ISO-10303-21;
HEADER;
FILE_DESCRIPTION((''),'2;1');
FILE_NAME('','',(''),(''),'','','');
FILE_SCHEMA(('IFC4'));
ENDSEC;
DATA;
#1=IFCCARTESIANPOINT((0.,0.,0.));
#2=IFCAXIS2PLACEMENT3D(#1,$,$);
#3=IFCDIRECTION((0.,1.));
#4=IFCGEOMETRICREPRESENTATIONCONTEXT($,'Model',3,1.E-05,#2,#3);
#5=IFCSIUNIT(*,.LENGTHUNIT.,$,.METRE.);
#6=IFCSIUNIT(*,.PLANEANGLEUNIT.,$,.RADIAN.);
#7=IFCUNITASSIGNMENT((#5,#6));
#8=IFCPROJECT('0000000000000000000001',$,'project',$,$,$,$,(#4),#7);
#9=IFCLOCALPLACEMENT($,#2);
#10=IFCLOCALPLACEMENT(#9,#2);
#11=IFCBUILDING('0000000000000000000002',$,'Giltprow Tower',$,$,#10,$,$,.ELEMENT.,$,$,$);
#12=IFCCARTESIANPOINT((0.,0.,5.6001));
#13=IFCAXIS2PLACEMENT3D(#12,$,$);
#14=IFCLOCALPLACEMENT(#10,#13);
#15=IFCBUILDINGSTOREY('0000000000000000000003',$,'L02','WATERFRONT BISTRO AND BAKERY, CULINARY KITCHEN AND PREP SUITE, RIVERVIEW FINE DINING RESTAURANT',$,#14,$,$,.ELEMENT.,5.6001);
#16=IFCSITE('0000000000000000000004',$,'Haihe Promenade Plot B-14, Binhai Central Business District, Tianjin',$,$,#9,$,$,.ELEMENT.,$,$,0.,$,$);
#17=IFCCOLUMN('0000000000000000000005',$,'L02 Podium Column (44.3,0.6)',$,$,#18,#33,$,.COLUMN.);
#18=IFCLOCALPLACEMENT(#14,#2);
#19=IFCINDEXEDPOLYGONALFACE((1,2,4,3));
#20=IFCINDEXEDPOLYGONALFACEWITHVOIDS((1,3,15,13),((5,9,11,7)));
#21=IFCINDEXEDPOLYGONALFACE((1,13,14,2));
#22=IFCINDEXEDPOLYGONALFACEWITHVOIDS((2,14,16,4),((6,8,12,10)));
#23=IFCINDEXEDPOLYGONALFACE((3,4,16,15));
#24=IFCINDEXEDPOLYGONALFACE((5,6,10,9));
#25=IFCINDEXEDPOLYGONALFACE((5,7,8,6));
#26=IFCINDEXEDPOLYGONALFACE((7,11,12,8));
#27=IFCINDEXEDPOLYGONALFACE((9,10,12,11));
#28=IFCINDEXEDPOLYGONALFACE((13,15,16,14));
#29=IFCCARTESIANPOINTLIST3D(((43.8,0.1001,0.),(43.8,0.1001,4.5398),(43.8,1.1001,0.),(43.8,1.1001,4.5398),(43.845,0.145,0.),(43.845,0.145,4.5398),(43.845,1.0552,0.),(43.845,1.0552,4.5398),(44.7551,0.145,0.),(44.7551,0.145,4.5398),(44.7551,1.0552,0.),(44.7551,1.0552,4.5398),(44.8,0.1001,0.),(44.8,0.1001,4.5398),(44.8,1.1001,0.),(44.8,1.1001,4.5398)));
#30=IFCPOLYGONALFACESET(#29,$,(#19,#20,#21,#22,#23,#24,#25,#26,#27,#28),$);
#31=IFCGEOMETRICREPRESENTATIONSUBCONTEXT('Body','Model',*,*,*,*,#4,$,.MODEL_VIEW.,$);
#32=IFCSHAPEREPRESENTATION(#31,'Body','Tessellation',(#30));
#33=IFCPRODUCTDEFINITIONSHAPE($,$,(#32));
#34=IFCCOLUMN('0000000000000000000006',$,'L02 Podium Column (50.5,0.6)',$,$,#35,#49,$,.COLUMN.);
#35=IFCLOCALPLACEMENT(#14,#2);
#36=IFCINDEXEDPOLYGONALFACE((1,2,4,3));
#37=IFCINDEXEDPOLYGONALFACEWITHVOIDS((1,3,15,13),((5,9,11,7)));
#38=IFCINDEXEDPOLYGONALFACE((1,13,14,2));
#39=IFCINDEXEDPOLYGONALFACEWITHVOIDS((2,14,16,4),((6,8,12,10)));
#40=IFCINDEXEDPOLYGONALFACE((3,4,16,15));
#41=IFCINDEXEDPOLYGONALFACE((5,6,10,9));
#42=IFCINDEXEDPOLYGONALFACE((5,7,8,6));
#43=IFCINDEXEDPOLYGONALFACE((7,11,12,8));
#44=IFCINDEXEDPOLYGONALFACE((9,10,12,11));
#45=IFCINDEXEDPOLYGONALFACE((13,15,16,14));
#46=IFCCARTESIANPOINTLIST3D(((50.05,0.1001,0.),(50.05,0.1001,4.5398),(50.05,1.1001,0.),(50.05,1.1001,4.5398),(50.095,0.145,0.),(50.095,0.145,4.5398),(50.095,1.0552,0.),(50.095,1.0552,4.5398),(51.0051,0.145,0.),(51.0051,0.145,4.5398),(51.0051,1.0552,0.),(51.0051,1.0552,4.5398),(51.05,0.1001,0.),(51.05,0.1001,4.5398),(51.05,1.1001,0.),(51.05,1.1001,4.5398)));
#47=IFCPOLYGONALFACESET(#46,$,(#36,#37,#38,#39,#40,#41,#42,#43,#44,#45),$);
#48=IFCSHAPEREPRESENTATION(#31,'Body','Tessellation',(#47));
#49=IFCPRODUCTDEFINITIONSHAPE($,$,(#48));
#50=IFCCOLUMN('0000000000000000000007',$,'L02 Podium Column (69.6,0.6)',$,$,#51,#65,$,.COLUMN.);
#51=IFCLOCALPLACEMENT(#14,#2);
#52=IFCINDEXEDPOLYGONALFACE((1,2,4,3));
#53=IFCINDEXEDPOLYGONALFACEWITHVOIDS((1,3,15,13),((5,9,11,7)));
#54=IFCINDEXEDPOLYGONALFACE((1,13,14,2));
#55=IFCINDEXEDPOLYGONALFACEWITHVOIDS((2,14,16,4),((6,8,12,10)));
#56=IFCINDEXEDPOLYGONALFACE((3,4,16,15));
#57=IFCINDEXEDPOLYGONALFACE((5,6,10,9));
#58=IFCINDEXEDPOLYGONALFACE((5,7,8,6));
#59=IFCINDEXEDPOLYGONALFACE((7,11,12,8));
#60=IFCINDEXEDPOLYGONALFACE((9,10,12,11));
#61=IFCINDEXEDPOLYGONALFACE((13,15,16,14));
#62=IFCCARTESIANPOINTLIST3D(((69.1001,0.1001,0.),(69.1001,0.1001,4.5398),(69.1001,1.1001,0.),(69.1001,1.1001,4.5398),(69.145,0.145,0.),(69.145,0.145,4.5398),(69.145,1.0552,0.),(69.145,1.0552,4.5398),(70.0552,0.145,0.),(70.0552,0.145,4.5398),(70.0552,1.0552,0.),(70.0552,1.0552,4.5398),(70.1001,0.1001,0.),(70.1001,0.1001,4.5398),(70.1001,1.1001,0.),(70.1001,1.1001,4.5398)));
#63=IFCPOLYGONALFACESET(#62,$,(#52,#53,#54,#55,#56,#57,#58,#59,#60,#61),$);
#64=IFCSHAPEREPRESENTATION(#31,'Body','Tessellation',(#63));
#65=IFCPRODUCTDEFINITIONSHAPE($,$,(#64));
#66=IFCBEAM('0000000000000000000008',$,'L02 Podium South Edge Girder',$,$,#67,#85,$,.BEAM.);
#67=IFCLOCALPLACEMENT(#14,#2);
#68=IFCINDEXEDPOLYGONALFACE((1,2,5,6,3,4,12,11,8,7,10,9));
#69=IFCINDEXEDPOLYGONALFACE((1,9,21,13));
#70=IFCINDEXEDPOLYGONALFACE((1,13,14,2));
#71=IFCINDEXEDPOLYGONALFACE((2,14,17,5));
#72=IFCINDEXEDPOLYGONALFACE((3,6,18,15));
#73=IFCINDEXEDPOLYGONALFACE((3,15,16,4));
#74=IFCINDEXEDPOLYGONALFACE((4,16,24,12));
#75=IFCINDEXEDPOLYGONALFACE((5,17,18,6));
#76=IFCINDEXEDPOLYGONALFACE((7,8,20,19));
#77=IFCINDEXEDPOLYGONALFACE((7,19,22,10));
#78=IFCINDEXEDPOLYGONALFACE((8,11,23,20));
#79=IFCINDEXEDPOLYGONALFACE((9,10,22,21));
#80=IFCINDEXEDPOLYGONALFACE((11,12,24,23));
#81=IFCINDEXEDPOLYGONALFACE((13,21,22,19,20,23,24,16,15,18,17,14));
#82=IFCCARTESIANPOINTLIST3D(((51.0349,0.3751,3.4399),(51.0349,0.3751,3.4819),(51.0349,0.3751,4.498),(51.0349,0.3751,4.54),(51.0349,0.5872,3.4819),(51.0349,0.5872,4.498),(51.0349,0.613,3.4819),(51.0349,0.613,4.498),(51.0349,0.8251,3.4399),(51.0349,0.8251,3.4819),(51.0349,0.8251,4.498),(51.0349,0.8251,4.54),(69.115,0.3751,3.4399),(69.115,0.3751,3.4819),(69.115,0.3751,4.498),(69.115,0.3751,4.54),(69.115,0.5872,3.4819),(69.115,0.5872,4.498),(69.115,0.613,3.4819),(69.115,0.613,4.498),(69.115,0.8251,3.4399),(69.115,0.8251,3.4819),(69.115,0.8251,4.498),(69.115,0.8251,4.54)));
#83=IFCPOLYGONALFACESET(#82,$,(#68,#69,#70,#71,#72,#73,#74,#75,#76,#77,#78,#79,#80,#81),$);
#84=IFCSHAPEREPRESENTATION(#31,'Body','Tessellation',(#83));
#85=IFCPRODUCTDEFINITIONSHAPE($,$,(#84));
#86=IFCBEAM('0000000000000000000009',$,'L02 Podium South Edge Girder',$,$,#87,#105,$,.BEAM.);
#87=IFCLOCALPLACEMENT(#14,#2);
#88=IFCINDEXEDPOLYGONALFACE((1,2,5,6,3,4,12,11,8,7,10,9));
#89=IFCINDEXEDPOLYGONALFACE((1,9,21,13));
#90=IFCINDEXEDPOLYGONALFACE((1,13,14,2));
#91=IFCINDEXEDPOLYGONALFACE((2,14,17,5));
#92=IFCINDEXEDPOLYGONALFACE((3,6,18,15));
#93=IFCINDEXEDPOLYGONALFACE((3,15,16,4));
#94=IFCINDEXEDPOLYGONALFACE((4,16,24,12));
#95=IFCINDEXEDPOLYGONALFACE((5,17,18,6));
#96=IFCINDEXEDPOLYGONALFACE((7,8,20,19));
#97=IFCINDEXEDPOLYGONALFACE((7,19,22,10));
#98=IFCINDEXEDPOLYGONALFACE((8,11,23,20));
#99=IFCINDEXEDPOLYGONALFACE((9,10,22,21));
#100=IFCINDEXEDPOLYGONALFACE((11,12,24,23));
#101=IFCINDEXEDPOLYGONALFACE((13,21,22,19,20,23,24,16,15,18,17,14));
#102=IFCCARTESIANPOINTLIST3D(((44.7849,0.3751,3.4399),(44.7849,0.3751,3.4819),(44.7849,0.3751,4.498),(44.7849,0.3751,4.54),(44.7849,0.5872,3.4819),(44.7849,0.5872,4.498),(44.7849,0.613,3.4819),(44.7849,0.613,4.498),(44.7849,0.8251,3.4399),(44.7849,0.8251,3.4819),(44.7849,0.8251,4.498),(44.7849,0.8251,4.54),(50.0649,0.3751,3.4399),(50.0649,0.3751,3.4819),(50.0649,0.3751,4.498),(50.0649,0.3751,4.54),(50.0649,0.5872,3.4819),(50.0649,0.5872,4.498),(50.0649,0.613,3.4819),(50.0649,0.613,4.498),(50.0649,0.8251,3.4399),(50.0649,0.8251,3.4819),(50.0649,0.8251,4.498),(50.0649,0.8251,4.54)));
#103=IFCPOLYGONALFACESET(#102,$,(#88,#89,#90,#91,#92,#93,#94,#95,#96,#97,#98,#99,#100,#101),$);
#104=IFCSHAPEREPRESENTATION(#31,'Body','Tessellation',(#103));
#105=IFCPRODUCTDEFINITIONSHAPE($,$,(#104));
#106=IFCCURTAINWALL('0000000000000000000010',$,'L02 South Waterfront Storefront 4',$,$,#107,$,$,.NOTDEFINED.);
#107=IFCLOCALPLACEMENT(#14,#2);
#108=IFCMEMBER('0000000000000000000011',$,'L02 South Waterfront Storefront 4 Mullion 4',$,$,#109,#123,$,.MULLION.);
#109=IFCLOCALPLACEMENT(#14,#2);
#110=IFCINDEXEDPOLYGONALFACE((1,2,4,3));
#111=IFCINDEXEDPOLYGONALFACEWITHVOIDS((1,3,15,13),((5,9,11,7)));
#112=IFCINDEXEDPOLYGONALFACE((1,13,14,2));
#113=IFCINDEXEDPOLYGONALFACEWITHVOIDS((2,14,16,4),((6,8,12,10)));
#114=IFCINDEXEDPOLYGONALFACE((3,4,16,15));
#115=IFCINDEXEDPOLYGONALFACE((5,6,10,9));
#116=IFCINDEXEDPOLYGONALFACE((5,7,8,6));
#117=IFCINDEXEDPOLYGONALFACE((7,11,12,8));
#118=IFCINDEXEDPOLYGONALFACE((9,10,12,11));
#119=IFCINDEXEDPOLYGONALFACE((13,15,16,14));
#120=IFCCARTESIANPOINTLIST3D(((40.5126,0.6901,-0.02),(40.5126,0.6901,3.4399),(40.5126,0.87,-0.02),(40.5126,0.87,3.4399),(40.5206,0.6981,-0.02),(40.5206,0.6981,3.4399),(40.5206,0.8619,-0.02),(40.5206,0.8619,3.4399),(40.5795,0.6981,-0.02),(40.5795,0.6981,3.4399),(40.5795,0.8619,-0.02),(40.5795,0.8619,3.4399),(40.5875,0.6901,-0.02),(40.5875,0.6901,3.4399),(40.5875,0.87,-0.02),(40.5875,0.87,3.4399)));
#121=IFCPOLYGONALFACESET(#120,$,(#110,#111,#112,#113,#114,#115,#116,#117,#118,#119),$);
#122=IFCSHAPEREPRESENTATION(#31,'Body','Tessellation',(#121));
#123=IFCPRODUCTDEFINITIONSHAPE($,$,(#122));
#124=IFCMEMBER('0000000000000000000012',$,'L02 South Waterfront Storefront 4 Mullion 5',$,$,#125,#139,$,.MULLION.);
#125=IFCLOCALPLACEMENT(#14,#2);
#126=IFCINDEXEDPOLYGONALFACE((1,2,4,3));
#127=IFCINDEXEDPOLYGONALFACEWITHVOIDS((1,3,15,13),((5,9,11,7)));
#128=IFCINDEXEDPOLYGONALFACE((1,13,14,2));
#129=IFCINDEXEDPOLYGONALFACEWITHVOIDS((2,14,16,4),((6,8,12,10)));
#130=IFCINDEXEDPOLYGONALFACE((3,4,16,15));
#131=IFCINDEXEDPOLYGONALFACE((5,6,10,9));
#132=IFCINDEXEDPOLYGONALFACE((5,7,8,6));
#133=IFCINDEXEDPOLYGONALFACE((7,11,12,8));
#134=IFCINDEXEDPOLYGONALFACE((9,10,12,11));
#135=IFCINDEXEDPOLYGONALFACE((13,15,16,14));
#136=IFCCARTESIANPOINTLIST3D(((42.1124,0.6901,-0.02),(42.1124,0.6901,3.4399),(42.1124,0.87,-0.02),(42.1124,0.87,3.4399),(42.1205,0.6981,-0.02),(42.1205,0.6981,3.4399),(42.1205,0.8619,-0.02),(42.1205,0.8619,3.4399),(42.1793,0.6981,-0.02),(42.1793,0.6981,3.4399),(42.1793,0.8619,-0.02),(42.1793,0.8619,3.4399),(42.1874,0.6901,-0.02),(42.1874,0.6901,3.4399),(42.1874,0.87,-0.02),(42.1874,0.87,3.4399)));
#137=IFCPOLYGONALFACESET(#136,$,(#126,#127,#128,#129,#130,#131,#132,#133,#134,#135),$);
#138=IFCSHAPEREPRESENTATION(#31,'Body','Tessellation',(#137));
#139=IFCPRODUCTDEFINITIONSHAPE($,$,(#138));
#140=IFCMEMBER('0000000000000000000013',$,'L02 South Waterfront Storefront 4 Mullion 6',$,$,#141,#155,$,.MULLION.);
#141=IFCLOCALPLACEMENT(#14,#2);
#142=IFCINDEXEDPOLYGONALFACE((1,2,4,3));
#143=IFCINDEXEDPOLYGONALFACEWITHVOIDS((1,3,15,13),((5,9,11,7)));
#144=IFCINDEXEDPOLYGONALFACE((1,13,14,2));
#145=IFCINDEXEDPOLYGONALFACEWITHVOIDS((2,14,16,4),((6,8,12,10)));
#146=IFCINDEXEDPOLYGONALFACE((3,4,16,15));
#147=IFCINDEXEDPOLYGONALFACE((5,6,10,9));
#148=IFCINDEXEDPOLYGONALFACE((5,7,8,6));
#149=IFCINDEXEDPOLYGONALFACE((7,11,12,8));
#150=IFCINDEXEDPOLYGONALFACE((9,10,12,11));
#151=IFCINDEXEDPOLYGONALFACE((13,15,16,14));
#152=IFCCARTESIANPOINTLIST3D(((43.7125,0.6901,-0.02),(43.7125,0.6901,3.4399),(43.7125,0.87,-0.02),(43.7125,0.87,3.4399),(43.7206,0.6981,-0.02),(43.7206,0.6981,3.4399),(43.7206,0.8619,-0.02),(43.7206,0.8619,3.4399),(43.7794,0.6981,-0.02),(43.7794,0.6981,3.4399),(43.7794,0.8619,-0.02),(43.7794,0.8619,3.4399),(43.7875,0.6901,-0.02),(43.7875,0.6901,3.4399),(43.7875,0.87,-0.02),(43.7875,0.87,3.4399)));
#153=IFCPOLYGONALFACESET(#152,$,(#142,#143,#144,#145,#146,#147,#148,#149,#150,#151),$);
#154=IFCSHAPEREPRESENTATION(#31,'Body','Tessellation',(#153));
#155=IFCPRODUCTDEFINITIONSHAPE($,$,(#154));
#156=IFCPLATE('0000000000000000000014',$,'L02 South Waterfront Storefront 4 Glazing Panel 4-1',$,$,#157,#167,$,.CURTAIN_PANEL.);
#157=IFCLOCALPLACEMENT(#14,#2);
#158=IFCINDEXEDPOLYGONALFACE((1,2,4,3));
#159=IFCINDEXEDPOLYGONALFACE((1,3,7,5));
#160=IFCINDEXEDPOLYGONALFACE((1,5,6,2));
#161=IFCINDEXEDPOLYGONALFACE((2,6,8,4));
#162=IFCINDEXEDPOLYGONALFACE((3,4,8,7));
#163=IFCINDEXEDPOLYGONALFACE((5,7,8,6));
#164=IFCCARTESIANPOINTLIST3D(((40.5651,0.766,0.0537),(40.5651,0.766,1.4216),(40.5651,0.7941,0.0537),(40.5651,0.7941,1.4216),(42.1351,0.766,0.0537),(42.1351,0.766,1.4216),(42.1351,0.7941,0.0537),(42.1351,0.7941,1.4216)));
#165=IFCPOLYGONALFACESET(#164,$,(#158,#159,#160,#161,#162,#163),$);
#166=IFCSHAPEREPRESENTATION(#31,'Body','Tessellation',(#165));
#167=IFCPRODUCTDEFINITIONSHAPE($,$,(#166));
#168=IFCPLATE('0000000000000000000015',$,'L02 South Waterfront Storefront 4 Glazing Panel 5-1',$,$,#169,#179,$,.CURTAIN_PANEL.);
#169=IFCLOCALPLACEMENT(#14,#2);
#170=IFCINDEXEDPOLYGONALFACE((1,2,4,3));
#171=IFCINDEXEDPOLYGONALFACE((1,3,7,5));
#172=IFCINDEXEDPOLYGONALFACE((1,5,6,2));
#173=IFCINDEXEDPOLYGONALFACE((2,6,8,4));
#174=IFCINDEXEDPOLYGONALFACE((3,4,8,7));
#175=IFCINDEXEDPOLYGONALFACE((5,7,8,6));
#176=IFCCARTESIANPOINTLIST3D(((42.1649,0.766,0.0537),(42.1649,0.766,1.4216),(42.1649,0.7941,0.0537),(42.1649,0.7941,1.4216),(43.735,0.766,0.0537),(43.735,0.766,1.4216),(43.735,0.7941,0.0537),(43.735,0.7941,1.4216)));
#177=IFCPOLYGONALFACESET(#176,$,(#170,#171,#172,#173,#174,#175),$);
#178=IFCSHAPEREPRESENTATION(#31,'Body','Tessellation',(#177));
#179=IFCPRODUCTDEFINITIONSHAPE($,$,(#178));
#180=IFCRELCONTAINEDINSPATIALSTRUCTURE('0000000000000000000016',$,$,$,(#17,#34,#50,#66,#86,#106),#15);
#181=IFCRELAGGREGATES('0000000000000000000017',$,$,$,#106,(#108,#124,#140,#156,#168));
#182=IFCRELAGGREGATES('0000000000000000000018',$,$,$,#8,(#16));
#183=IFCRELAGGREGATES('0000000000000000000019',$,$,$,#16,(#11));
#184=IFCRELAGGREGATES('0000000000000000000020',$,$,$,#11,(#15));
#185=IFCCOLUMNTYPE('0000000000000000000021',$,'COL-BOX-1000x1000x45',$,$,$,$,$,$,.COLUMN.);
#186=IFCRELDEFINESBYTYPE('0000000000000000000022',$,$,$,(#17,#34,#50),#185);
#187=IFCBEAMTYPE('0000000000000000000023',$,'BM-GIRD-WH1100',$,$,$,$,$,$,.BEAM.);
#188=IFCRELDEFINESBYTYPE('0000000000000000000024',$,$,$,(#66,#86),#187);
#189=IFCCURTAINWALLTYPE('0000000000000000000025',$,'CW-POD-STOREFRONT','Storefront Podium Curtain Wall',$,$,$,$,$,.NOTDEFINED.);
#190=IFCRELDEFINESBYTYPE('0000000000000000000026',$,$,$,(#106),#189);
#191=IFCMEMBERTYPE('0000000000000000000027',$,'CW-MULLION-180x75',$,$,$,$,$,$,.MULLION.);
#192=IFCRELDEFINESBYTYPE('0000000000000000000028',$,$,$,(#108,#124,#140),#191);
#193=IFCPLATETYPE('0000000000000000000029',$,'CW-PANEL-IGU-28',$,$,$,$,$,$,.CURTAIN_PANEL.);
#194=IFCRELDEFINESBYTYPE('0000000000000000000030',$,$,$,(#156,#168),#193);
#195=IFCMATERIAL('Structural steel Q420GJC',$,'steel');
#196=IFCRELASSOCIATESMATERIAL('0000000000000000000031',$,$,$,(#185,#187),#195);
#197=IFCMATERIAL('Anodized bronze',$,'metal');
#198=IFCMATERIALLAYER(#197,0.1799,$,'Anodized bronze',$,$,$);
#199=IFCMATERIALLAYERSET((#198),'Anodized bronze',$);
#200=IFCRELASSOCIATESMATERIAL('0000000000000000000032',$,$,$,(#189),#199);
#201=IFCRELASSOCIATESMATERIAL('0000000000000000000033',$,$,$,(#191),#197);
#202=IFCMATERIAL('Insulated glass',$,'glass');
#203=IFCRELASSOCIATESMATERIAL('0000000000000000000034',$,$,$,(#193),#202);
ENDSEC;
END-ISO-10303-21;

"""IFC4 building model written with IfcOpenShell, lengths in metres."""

from ifc_helpers import new_model, si_unit, direction, frame, origin, origin_2d, place, context, subcontext, project, spatial, rectangle, hollow_rectangle, i_section, extrude, source, transform, mapped, material, layer, layer_set, material_profile, profile_set, type_object, element, aggregate, save


model = new_model("IFC4")

# Units and contexts
model_context = context("Model", 3, precision=1e-05, world=origin(), true_north=direction((0.0, 1.0)))
body_context = subcontext(model_context, "Body", "Model", "MODEL_VIEW")
ifc_project = project(units=[si_unit("LENGTHUNIT", "METRE"), si_unit("PLANEANGLEUNIT", "RADIAN")], contexts=[model_context])

# Site, building, storey
site_placement = place(None, origin())
site = spatial("IfcSite", under=ifc_project, at=site_placement, Name="Haihe Promenade Plot B-14, Binhai Central Business District, Tianjin", CompositionType="ELEMENT", RefElevation=0.0)
building_placement = place(site_placement, origin())
building = spatial("IfcBuilding", under=site, at=building_placement, Name="Giltprow Tower", CompositionType="ELEMENT")
storey_placement = place(building_placement, frame((0.0, 0.0, 5.6001)))
storey = spatial("IfcBuildingStorey", under=building, at=storey_placement, Name="L02", Description="WATERFRONT BISTRO AND BAKERY, CULINARY KITCHEN AND PREP SUITE, RIVERVIEW FINE DINING RESTAURANT", CompositionType="ELEMENT", Elevation=5.6001)

# Columns
ifc_material_1 = material(Name="Structural steel Q420GJC", Category="steel")
ifc_material_profile_1 = material_profile(ifc_material_1, hollow_rectangle(XDim=1.0, YDim=1.0, WallThickness=0.0449, at=origin_2d()), Name="BOX 1000x1000x45")
ifc_profile_set_1 = profile_set([ifc_material_profile_1], Name="Structural steel Q420GJC")
column_type = type_object("IfcColumnType", Name="COL-BOX-1000x1000x45", PredefinedType="COLUMN", material=ifc_profile_set_1)
shared_shape_1 = source(origin(), body_context, "Body", "SweptSolid", [
    extrude(hollow_rectangle(XDim=1.0, YDim=1.0, WallThickness=0.0449, at=origin_2d()), origin(), (0.0, 0.0, 1.0), 4.5398),
])
for number, where, z_axis, x_axis, name in (
    (1, (44.3, 0.6001, 0.0), (0.0, 0.0, 1.0), (1.0, 0.0, 0.0), "L02 Podium Column (44.3,0.6)"),
    (2, (50.55, 0.6001, 0.0), (0.0, 0.0, 1.0), (1.0, 0.0, 0.0), "L02 Podium Column (50.5,0.6)"),
    (3, (69.6001, 0.6001, 0.0), (0.0, 0.0, 1.0), (1.0, 0.0, 0.0), "L02 Podium Column (69.6,0.6)"),
):
    element("IfcColumn", number, at=place(storey_placement, frame(where, z_axis=z_axis, x_axis=x_axis)), inside=storey, type_object=column_type, Name=name, PredefinedType="COLUMN", context=body_context, shape_type="MappedRepresentation", body=[
        mapped(shared_shape_1, transform((0.0, 0.0, 0.0), x_axis=(1.0, 0.0, 0.0), y_axis=(0.0, 1.0, 0.0), z_axis=(0.0, 0.0, 1.0), scale=1.0)),
    ])

# Beams
ifc_material_profile_2 = material_profile(ifc_material_1, i_section(OverallWidth=0.45, OverallDepth=1.1001, WebThickness=0.0259, FlangeThickness=0.042, at=origin_2d()), Name="WH 1100x450x26x42")
ifc_profile_set_2 = profile_set([ifc_material_profile_2], Name="Structural steel Q420GJC")
beam_type = type_object("IfcBeamType", Name="BM-GIRD-WH1100", PredefinedType="BEAM", material=ifc_profile_set_2)
shared_shape_2 = source(origin(), body_context, "Body", "SweptSolid", [
    extrude(i_section(OverallWidth=0.45, OverallDepth=1.1001, WebThickness=0.0259, FlangeThickness=0.042, at=origin_2d()), origin(), (0.0, 0.0, 1.0), 18.0801),
])
beam_1_placement = place(storey_placement, frame((51.0349, 0.6001, 3.99), z_axis=(1.0, 0.0, 0.0), x_axis=(0.0, 1.0, 0.0)))
element("IfcBeam", 4, at=beam_1_placement, inside=storey, type_object=beam_type, Name="L02 Podium South Edge Girder", PredefinedType="BEAM", context=body_context, shape_type="MappedRepresentation", body=[
    mapped(shared_shape_2, transform((0.0, 0.0, 0.0), x_axis=(1.0, 0.0, 0.0), y_axis=(0.0, 1.0, 0.0), z_axis=(0.0, 0.0, 1.0), scale=1.0)),
])
shared_shape_3 = source(origin(), body_context, "Body", "SweptSolid", [
    extrude(i_section(OverallWidth=0.45, OverallDepth=1.1001, WebThickness=0.0259, FlangeThickness=0.042, at=origin_2d()), origin(), (0.0, 0.0, 1.0), 5.28),
])
beam_2_placement = place(storey_placement, frame((44.7849, 0.6001, 3.99), z_axis=(1.0, 0.0, 0.0), x_axis=(0.0, 1.0, 0.0)))
element("IfcBeam", 5, at=beam_2_placement, inside=storey, type_object=beam_type, Name="L02 Podium South Edge Girder", PredefinedType="BEAM", context=body_context, shape_type="MappedRepresentation", body=[
    mapped(shared_shape_3, transform((0.0, 0.0, 0.0), x_axis=(1.0, 0.0, 0.0), y_axis=(0.0, 1.0, 0.0), z_axis=(0.0, 0.0, 1.0), scale=1.0)),
])

# Curtain wall, members, plates
ifc_material_2 = material(Name="Anodized bronze", Category="metal")
ifc_layer_1 = layer(ifc_material_2, 0.1799, Name="Anodized bronze")
ifc_layer_set_1 = layer_set([ifc_layer_1], Name="Anodized bronze")
curtain_wall_type = type_object("IfcCurtainWallType", Name="CW-POD-STOREFRONT", Description="Storefront Podium Curtain Wall", PredefinedType="NOTDEFINED", material=ifc_layer_set_1)
curtain_wall_placement = place(storey_placement, origin())
curtain_wall = element("IfcCurtainWall", 6, at=curtain_wall_placement, inside=storey, type_object=curtain_wall_type, Name="L02 South Waterfront Storefront 4", PredefinedType="NOTDEFINED")
ifc_material_profile_3 = material_profile(ifc_material_2, hollow_rectangle(XDim=0.075, YDim=0.1799, WallThickness=0.0081, at=origin_2d()), Name="RHS 180x75x8")
ifc_profile_set_3 = profile_set([ifc_material_profile_3], Name="Anodized bronze")
member_type = type_object("IfcMemberType", Name="CW-MULLION-180x75", PredefinedType="MULLION", material=ifc_profile_set_3)
shared_shape_4 = source(origin(), body_context, "Body", "SweptSolid", [
    extrude(hollow_rectangle(XDim=0.075, YDim=0.1799, WallThickness=0.0081, at=origin_2d()), origin(), (0.0, 0.0, 1.0), 3.46),
])
member_1_placement = place(storey_placement, frame((40.55, 0.78, -0.02), z_axis=(0.0, 0.0, 1.0), x_axis=(1.0, 0.0, 0.0)))
member_1 = element("IfcMember", 7, at=member_1_placement, type_object=member_type, Name="L02 South Waterfront Storefront 4 Mullion 4", PredefinedType="MULLION", context=body_context, shape_type="MappedRepresentation", body=[
    mapped(shared_shape_4, transform((0.0, 0.0, 0.0), x_axis=(1.0, 0.0, 0.0), y_axis=(0.0, 1.0, 0.0), z_axis=(0.0, 0.0, 1.0), scale=1.0)),
])
member_2_placement = place(storey_placement, frame((42.1499, 0.78, -0.02), z_axis=(0.0, 0.0, 1.0), x_axis=(1.0, 0.0, 0.0)))
member_2 = element("IfcMember", 8, at=member_2_placement, type_object=member_type, Name="L02 South Waterfront Storefront 4 Mullion 5", PredefinedType="MULLION", context=body_context, shape_type="MappedRepresentation", body=[
    mapped(shared_shape_4, transform((0.0, 0.0, 0.0), x_axis=(1.0, 0.0, 0.0), y_axis=(0.0, 1.0, 0.0), z_axis=(0.0, 0.0, 1.0), scale=1.0)),
])
member_3_placement = place(storey_placement, frame((43.75, 0.78, -0.02), z_axis=(0.0, 0.0, 1.0), x_axis=(1.0, 0.0, 0.0)))
member_3 = element("IfcMember", 9, at=member_3_placement, type_object=member_type, Name="L02 South Waterfront Storefront 4 Mullion 6", PredefinedType="MULLION", context=body_context, shape_type="MappedRepresentation", body=[
    mapped(shared_shape_4, transform((0.0, 0.0, 0.0), x_axis=(1.0, 0.0, 0.0), y_axis=(0.0, 1.0, 0.0), z_axis=(0.0, 0.0, 1.0), scale=1.0)),
])
ifc_material_3 = material(Name="Insulated glass", Category="glass")
plate_type = type_object("IfcPlateType", Name="CW-PANEL-IGU-28", PredefinedType="CURTAIN_PANEL", material=ifc_material_3)
shared_shape_5 = source(origin(), body_context, "Body", "SweptSolid", [
    extrude(rectangle(XDim=1.5701, YDim=0.0281, at=origin_2d()), origin(), (0.0, 0.0, 1.0), 1.3679),
])
plate_1_placement = place(storey_placement, frame((41.3501, 0.78, 0.0537), z_axis=(0.0, 0.0, 1.0), x_axis=(1.0, 0.0, 0.0)))
plate_1 = element("IfcPlate", 10, at=plate_1_placement, type_object=plate_type, Name="L02 South Waterfront Storefront 4 Glazing Panel 4-1", PredefinedType="CURTAIN_PANEL", context=body_context, shape_type="MappedRepresentation", body=[
    mapped(shared_shape_5, transform((0.0, 0.0, 0.0), x_axis=(1.0, 0.0, 0.0), y_axis=(0.0, 1.0, 0.0), z_axis=(0.0, 0.0, 1.0), scale=1.0)),
])
plate_2_placement = place(storey_placement, frame((42.95, 0.78, 0.0537), z_axis=(0.0, 0.0, 1.0), x_axis=(1.0, 0.0, 0.0)))
plate_2 = element("IfcPlate", 11, at=plate_2_placement, type_object=plate_type, Name="L02 South Waterfront Storefront 4 Glazing Panel 5-1", PredefinedType="CURTAIN_PANEL", context=body_context, shape_type="MappedRepresentation", body=[
    mapped(shared_shape_5, transform((0.0, 0.0, 0.0), x_axis=(1.0, 0.0, 0.0), y_axis=(0.0, 1.0, 0.0), z_axis=(0.0, 0.0, 1.0), scale=1.0)),
])
aggregate(curtain_wall, [member_1, member_2, member_3, plate_1, plate_2])

save(model, "model.ifc")
